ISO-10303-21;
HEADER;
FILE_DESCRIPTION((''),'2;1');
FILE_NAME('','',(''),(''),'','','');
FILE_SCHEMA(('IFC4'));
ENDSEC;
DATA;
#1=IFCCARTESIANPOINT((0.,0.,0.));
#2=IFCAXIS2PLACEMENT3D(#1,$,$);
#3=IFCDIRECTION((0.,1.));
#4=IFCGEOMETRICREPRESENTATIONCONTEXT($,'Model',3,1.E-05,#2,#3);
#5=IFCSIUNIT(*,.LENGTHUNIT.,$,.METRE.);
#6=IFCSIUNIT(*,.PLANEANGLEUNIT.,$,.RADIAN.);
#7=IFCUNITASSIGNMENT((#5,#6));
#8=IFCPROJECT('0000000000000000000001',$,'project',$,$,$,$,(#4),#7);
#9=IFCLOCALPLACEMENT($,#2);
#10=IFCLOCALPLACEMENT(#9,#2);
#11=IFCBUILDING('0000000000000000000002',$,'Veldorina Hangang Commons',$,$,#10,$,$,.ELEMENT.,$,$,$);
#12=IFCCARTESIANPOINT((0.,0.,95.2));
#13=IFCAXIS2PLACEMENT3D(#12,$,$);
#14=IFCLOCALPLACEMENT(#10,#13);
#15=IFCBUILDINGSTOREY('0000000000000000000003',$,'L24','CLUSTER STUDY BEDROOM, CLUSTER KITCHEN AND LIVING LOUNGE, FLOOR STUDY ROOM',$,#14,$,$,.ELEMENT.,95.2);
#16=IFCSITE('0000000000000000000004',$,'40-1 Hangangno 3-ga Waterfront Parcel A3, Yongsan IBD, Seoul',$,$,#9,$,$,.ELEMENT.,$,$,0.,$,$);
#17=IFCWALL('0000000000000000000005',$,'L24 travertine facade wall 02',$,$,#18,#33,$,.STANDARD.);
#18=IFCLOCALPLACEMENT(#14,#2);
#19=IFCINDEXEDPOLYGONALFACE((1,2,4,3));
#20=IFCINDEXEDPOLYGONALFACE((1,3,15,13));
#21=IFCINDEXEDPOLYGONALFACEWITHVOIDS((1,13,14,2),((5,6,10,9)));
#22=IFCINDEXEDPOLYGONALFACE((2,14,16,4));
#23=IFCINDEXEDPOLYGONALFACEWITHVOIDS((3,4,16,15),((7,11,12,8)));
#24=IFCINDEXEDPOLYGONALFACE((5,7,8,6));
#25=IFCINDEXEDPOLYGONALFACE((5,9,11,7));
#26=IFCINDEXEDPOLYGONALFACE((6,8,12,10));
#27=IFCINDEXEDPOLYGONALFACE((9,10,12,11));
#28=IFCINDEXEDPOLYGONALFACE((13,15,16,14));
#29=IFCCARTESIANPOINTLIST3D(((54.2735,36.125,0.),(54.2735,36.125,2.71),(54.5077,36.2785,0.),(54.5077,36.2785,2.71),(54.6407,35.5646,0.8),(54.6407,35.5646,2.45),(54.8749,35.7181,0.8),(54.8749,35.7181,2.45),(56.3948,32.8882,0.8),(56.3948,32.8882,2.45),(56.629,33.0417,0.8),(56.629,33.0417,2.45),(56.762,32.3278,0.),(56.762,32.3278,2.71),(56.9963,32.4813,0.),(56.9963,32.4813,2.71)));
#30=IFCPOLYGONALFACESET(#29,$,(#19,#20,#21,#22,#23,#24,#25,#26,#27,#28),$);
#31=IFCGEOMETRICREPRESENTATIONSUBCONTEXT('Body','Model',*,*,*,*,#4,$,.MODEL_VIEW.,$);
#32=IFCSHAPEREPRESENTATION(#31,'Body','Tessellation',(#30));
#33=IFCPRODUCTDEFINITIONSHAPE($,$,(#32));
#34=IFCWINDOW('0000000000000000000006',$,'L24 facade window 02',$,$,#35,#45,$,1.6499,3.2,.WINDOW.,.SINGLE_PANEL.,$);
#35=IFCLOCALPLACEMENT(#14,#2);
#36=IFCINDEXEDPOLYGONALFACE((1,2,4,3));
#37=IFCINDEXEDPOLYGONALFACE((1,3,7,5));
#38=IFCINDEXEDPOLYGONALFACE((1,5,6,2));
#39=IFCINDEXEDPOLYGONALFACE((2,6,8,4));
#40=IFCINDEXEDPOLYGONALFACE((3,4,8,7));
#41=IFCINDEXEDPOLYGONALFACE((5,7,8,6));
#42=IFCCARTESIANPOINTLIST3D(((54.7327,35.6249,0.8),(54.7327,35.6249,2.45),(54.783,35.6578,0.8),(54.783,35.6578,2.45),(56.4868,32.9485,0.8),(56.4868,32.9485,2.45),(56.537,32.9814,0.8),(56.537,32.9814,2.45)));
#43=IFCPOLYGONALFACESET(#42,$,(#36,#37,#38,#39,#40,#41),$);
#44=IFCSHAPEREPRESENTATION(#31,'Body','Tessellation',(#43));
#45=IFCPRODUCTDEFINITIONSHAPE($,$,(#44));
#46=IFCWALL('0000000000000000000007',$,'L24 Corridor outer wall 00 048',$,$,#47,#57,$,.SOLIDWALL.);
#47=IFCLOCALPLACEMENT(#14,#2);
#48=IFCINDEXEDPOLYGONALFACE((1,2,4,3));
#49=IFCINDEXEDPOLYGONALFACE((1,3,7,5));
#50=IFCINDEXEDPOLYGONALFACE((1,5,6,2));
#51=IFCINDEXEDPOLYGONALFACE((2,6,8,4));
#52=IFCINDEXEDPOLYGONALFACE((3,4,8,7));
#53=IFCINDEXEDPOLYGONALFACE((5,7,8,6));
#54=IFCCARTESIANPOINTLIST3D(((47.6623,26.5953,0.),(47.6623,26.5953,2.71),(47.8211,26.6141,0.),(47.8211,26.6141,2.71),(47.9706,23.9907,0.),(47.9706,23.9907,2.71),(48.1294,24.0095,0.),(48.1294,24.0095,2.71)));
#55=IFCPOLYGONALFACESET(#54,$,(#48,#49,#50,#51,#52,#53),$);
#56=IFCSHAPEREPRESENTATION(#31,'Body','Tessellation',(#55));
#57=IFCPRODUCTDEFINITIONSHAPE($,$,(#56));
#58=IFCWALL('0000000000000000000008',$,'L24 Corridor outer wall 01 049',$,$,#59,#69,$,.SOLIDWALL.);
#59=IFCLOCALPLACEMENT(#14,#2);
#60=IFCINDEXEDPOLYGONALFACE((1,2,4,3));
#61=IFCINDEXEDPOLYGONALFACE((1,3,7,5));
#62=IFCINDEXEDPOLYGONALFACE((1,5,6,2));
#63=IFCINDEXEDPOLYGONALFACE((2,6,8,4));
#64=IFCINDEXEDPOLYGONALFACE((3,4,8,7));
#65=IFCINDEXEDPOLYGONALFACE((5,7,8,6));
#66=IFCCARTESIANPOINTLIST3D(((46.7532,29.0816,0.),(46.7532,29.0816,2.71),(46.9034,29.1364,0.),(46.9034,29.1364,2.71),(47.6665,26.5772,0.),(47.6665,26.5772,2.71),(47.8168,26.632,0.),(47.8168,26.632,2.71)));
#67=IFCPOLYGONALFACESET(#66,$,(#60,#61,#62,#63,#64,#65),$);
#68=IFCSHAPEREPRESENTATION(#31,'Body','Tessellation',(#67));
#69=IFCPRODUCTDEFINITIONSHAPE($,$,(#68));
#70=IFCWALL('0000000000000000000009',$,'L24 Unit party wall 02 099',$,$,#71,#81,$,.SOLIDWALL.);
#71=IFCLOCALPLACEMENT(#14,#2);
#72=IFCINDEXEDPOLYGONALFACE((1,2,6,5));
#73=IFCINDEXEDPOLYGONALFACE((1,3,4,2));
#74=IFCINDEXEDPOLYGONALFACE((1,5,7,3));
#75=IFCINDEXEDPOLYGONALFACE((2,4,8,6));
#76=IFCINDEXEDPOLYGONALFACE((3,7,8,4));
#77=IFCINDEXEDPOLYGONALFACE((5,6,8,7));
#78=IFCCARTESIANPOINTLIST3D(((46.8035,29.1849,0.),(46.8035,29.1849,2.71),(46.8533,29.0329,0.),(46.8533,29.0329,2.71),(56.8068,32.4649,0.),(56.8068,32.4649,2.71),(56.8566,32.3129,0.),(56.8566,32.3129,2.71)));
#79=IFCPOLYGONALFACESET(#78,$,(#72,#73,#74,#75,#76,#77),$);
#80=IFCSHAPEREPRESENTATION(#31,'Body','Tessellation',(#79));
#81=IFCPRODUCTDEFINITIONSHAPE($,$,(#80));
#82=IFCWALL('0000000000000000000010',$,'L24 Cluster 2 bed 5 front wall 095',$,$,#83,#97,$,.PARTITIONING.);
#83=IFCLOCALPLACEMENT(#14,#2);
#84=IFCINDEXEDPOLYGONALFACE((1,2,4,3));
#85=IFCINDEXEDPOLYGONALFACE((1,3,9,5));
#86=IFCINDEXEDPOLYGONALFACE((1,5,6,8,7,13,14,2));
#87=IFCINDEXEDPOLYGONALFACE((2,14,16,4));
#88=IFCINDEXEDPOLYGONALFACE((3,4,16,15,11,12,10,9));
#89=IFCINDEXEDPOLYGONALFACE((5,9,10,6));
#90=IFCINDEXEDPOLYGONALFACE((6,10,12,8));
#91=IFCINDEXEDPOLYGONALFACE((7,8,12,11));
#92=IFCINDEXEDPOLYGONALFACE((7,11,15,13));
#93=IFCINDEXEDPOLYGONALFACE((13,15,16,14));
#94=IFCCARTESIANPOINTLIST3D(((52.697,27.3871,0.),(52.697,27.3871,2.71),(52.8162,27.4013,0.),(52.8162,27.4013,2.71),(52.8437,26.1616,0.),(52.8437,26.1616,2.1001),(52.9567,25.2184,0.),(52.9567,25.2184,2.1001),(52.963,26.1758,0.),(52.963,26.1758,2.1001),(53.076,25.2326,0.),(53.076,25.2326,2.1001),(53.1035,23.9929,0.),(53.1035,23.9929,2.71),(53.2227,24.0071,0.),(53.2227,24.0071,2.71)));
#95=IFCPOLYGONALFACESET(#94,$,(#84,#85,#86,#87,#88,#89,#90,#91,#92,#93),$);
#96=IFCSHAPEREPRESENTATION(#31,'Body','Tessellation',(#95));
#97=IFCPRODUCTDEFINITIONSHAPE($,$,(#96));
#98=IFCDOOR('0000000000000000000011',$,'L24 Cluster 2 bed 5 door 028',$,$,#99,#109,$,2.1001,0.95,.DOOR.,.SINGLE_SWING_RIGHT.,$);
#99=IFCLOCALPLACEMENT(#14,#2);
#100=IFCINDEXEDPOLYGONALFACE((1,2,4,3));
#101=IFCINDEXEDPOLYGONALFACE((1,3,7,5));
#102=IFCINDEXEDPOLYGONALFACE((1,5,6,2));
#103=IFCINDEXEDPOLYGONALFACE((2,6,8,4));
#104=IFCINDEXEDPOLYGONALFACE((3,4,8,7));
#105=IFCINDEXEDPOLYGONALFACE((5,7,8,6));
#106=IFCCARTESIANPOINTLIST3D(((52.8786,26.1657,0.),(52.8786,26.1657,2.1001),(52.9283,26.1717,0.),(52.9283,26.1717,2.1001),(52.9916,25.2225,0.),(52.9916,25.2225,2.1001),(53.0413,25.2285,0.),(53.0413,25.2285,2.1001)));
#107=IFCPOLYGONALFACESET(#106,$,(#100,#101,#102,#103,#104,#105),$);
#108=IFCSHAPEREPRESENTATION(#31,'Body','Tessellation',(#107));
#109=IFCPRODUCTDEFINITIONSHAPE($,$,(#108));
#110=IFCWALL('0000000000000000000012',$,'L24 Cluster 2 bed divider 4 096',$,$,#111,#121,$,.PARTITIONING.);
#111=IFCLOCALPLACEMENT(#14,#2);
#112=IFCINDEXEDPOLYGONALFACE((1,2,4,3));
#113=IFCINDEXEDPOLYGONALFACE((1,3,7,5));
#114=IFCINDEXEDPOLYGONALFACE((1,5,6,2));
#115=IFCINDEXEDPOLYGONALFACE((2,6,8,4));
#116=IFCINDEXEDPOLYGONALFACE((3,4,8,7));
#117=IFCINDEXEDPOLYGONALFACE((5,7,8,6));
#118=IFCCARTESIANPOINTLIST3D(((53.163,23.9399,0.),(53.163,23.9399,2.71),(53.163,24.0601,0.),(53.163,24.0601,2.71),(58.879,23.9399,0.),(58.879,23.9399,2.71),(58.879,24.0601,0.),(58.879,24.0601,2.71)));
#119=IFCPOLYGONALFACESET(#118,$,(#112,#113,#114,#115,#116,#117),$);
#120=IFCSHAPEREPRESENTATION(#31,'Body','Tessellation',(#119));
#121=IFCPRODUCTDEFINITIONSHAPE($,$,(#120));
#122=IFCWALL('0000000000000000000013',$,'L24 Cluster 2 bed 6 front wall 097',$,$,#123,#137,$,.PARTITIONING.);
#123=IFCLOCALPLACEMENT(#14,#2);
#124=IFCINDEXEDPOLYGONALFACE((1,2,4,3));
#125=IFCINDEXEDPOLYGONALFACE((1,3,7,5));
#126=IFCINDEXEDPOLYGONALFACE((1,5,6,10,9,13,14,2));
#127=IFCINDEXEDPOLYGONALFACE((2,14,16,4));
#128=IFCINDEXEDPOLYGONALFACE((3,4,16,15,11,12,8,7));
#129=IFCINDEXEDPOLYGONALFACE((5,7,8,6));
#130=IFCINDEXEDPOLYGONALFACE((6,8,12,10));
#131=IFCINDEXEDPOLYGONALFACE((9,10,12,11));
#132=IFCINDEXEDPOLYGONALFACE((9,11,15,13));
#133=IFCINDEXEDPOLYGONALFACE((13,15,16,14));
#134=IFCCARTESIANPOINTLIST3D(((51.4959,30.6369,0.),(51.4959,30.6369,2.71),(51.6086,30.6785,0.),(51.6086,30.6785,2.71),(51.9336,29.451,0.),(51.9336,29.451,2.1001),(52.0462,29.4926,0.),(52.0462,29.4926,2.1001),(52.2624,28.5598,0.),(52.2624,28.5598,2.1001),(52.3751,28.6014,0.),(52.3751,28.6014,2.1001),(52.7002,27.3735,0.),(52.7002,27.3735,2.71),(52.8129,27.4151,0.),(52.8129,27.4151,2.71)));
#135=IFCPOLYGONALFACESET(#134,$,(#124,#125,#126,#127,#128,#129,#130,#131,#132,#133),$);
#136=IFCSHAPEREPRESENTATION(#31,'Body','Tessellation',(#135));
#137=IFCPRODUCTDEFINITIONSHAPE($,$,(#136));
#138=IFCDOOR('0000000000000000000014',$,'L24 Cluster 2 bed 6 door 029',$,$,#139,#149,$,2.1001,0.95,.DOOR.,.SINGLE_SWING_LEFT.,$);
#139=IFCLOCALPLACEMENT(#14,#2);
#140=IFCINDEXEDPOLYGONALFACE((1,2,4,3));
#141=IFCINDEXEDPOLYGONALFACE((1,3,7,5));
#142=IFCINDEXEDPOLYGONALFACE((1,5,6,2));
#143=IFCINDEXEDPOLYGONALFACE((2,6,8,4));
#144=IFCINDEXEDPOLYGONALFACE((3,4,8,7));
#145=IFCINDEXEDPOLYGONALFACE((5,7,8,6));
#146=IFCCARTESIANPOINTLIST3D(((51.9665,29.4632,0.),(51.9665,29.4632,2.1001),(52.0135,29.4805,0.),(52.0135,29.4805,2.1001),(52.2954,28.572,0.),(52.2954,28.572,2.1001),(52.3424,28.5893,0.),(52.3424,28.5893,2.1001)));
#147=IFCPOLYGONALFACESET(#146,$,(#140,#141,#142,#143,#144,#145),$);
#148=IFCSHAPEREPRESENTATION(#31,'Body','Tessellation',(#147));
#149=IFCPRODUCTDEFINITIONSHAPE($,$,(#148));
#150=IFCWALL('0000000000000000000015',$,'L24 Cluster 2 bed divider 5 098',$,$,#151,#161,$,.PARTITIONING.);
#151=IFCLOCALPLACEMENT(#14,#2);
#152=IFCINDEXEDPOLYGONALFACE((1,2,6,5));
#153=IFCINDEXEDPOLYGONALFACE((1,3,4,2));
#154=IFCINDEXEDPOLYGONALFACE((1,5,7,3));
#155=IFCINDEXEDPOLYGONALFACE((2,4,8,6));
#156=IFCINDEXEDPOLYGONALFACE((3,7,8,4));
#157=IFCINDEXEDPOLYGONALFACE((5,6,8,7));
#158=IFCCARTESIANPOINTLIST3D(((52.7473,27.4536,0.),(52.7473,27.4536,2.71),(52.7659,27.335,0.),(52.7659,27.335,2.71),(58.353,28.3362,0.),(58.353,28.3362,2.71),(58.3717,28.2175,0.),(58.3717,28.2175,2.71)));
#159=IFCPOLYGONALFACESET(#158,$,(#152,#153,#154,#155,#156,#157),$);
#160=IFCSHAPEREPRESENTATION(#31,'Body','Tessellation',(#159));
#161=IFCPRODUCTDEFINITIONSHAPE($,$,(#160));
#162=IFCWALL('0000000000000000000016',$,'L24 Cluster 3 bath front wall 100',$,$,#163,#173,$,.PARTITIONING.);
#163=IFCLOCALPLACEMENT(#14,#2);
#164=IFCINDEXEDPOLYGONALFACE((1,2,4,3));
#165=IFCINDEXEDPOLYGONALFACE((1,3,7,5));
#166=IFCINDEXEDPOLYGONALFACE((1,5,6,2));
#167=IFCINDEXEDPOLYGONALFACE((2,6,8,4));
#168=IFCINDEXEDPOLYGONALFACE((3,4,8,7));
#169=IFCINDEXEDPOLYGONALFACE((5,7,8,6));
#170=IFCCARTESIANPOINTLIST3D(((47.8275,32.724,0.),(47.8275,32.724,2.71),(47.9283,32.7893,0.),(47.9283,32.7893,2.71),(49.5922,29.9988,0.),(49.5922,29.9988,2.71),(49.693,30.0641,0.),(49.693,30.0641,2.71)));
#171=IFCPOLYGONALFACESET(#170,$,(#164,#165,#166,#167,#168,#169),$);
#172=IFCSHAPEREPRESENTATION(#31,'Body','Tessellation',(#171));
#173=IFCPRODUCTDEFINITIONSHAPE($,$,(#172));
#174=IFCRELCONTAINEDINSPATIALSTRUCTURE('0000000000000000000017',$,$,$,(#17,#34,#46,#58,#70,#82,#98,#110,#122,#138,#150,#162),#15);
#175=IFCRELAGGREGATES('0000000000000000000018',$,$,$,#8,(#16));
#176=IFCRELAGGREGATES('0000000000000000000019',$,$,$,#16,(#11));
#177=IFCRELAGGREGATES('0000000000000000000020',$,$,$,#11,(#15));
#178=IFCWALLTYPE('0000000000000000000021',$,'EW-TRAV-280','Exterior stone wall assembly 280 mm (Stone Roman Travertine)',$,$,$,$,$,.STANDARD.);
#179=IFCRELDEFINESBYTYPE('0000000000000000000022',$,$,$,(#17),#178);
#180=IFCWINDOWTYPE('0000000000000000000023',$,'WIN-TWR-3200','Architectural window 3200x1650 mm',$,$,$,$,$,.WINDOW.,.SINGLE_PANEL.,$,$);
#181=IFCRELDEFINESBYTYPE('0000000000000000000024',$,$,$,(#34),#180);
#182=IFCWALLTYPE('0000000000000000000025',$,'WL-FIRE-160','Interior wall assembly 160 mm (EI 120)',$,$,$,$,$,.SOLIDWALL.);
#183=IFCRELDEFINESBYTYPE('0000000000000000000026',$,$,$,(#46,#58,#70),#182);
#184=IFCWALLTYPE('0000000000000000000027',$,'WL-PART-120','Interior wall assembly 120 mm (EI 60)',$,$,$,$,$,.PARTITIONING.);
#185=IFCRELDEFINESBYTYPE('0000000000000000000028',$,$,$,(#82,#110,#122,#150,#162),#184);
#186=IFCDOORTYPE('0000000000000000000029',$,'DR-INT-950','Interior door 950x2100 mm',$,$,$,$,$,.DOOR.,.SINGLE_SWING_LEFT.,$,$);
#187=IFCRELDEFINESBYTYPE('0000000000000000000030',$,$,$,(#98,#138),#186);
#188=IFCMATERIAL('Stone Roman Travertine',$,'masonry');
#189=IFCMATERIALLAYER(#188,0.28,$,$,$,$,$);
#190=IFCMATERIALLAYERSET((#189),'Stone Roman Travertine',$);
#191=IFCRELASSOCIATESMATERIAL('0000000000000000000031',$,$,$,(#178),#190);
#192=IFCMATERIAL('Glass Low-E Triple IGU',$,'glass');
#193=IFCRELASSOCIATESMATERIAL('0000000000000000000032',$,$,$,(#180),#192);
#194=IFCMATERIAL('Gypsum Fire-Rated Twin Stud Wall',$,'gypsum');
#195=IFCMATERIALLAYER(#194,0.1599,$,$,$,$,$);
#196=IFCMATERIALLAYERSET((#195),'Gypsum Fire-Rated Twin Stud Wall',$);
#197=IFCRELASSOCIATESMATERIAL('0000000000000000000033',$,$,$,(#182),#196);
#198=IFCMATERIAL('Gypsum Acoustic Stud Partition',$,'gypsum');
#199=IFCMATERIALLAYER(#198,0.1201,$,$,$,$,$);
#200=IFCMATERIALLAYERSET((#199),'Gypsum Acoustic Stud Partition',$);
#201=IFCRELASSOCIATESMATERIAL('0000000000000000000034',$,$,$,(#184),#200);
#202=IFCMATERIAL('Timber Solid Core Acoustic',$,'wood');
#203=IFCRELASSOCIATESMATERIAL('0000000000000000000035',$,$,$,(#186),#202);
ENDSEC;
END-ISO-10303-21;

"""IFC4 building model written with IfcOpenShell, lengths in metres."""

from ifc_helpers import new_model, si_unit, direction, frame, frame_2d, origin, place, context, subcontext, project, spatial, rectangle, extrude, material, layer, layer_set, type_object, element, fill, save


model = new_model("IFC4")

# Units and contexts
model_context = context("Model", 3, precision=1e-05, world=origin(), true_north=direction((0.0, 1.0)))
body_context = subcontext(model_context, "Body", "Model", "MODEL_VIEW")
ifc_project = project(units=[si_unit("LENGTHUNIT", "METRE"), si_unit("PLANEANGLEUNIT", "RADIAN")], contexts=[model_context])

# Site, building, storey
site_placement = place(None, origin())
site = spatial("IfcSite", under=ifc_project, at=site_placement, Name="40-1 Hangangno 3-ga Waterfront Parcel A3, Yongsan IBD, Seoul", CompositionType="ELEMENT", RefElevation=0.0)
building_placement = place(site_placement, origin())
building = spatial("IfcBuilding", under=site, at=building_placement, Name="Veldorina Hangang Commons", CompositionType="ELEMENT")
storey_placement = place(building_placement, frame((0.0, 0.0, 95.2)))
storey = spatial("IfcBuildingStorey", under=building, at=storey_placement, Name="L24", Description="CLUSTER STUDY BEDROOM, CLUSTER KITCHEN AND LIVING LOUNGE, FLOOR STUDY ROOM", CompositionType="ELEMENT", Elevation=95.2)

# Wall, opening, window
ifc_material_1 = material(Name="Stone Roman Travertine", Category="masonry")
ifc_layer_1 = layer(ifc_material_1, 0.28)
ifc_layer_set_1 = layer_set([ifc_layer_1], Name="Stone Roman Travertine")
wall_type_1 = type_object("IfcWallType", Name="EW-TRAV-280", Description="Exterior stone wall assembly 280 mm (Stone Roman Travertine)", PredefinedType="STANDARD", material=ifc_layer_set_1)
ifc_material_2 = material(Name="Glass Low-E Triple IGU", Category="glass")
wall_1_placement = place(storey_placement, frame((56.8792, 32.4045, 0.0), z_axis=(0.0, 0.0, 1.0), x_axis=(-0.548143, 0.836385, 0.0)))
wall_1 = element("IfcWall", 1, at=wall_1_placement, inside=storey, type_object=wall_type_1, Name="L24 travertine facade wall 02", PredefinedType="STANDARD", context=body_context, shape_type="SweptSolid", body=[
    extrude(rectangle(XDim=4.54, YDim=0.28, at=frame_2d((2.27, 0.0))), origin(), (0.0, 0.0, 1.0), 2.71),
])
opening_1_placement = place(wall_1_placement, frame((0.6699, 0.0, 0.8)))
opening_1 = element("IfcOpeningElement", 2, at=opening_1_placement, cuts=wall_1, PredefinedType="OPENING", context=body_context, shape_type="SweptSolid", body=[
    extrude(rectangle(XDim=3.2, YDim=1.6499, at=frame_2d((1.6001, 0.825))), frame((0.0, 0.1499, 0.0), z_axis=(0.0, -1.0, 0.0), x_axis=(1.0, 0.0, 0.0)), (0.0, 0.0, 1.0), 0.3),
])
window_type_1 = type_object("IfcWindowType", Name="WIN-TWR-3200", Description="Architectural window 3200x1650 mm", PartitioningType="SINGLE_PANEL", PredefinedType="WINDOW", material=ifc_material_2)
window_1_placement = place(opening_1_placement, origin())
window_1 = element("IfcWindow", 3, at=window_1_placement, inside=storey, type_object=window_type_1, Name="L24 facade window 02", OverallHeight=1.6499, OverallWidth=3.2, PartitioningType="SINGLE_PANEL", PredefinedType="WINDOW", context=body_context, shape_type="SweptSolid", body=[
    extrude(rectangle(XDim=3.2, YDim=1.6499, at=frame_2d((1.6001, 0.825))), frame((0.0, 0.03, 0.0), z_axis=(0.0, -1.0, 0.0), x_axis=(1.0, 0.0, 0.0)), (0.0, 0.0, 1.0), 0.0601),
])
fill(opening_1, window_1)

# Walls
ifc_material_3 = material(Name="Gypsum Fire-Rated Twin Stud Wall", Category="gypsum")
ifc_layer_2 = layer(ifc_material_3, 0.1599)
ifc_layer_set_2 = layer_set([ifc_layer_2], Name="Gypsum Fire-Rated Twin Stud Wall")
wall_type_2 = type_object("IfcWallType", Name="WL-FIRE-160", Description="Interior wall assembly 160 mm (EI 120)", PredefinedType="SOLIDWALL", material=ifc_layer_set_2)
wall_2_placement = place(storey_placement, frame((48.05, 24.0, 0.0), z_axis=(0.0, 0.0, 1.0), x_axis=(-0.11757, 0.993065, 0.0)))
element("IfcWall", 4, at=wall_2_placement, inside=storey, type_object=wall_type_2, Name="L24 Corridor outer wall 00 048", PredefinedType="SOLIDWALL", context=body_context, shape_type="SweptSolid", body=[
    extrude(rectangle(XDim=2.6228, YDim=0.1599, at=frame_2d((1.3115, 0.0))), origin(), (0.0, 0.0, 1.0), 2.71),
])
wall_3_placement = place(storey_placement, frame((47.7417, 26.6045, 0.0), z_axis=(0.0, 0.0, 1.0), x_axis=(-0.342618, 0.939475, 0.0)))
element("IfcWall", 5, at=wall_3_placement, inside=storey, type_object=wall_type_2, Name="L24 Corridor outer wall 01 049", PredefinedType="SOLIDWALL", context=body_context, shape_type="SweptSolid", body=[
    extrude(rectangle(XDim=2.6658, YDim=0.1599, at=frame_2d((1.333, 0.0))), origin(), (0.0, 0.0, 1.0), 2.71),
])
wall_4_placement = place(storey_placement, frame((46.8284, 29.1089, 0.0), z_axis=(0.0, 0.0, 1.0), x_axis=(0.950223, 0.31157, 0.0)))
element("IfcWall", 6, at=wall_4_placement, inside=storey, type_object=wall_type_2, Name="L24 Unit party wall 02 099", PredefinedType="SOLIDWALL", context=body_context, shape_type="SweptSolid", body=[
    extrude(rectangle(XDim=10.5273, YDim=0.1599, at=frame_2d((5.2637, 0.0))), origin(), (0.0, 0.0, 1.0), 2.71),
])

# Wall, opening, door
ifc_material_4 = material(Name="Gypsum Acoustic Stud Partition", Category="gypsum")
ifc_layer_3 = layer(ifc_material_4, 0.1201)
ifc_layer_set_3 = layer_set([ifc_layer_3], Name="Gypsum Acoustic Stud Partition")
wall_type_3 = type_object("IfcWallType", Name="WL-PART-120", Description="Interior wall assembly 120 mm (EI 60)", PredefinedType="PARTITIONING", material=ifc_layer_set_3)
wall_5_placement = place(storey_placement, frame((53.1631, 24.0, 0.0), z_axis=(0.0, 0.0, 1.0), x_axis=(-0.118909, 0.992905, 0.0)))
wall_5 = element("IfcWall", 7, at=wall_5_placement, inside=storey, type_object=wall_type_3, Name="L24 Cluster 2 bed 5 front wall 095", PredefinedType="PARTITIONING", context=body_context, shape_type="SweptSolid", body=[
    extrude(rectangle(XDim=3.4185, YDim=0.1201, at=frame_2d((1.7092, 0.0))), origin(), (0.0, 0.0, 1.0), 2.71),
])
opening_2_placement = place(wall_5_placement, frame((1.2341, 0.0, 0.0)))
opening_2 = element("IfcOpeningElement", 8, at=opening_2_placement, cuts=wall_5, PredefinedType="OPENING", context=body_context, shape_type="SweptSolid", body=[
    extrude(rectangle(XDim=0.95, YDim=2.1001, at=frame_2d((0.4751, 1.05))), frame((0.0, 0.0701, 0.0), z_axis=(0.0, -1.0, 0.0), x_axis=(1.0, 0.0, 0.0)), (0.0, 0.0, 1.0), 0.1401),
])
ifc_material_5 = material(Name="Timber Solid Core Acoustic", Category="wood")
door_type = type_object("IfcDoorType", Name="DR-INT-950", Description="Interior door 950x2100 mm", OperationType="SINGLE_SWING_LEFT", PredefinedType="DOOR", material=ifc_material_5)
door_1_placement = place(opening_2_placement, origin())
door_1 = element("IfcDoor", 9, at=door_1_placement, inside=storey, type_object=door_type, Name="L24 Cluster 2 bed 5 door 028", OperationType="SINGLE_SWING_RIGHT", OverallHeight=2.1001, OverallWidth=0.95, PredefinedType="DOOR", context=body_context, shape_type="SweptSolid", body=[
    extrude(rectangle(XDim=0.95, YDim=2.1001, at=frame_2d((0.4751, 1.05))), frame((0.0, 0.0249, 0.0), z_axis=(0.0, -1.0, 0.0), x_axis=(1.0, 0.0, 0.0)), (0.0, 0.0, 1.0), 0.05),
])
fill(opening_2, door_1)

# Wall
wall_6_placement = place(storey_placement, frame((53.1631, 24.0, 0.0), z_axis=(0.0, 0.0, 1.0), x_axis=(1.0, 0.0, 0.0)))
element("IfcWall", 10, at=wall_6_placement, inside=storey, type_object=wall_type_3, Name="L24 Cluster 2 bed divider 4 096", PredefinedType="PARTITIONING", context=body_context, shape_type="SweptSolid", body=[
    extrude(rectangle(XDim=5.7161, YDim=0.1201, at=frame_2d((2.8579, 0.0))), origin(), (0.0, 0.0, 1.0), 2.71),
])

# Wall, opening, door
wall_7_placement = place(storey_placement, frame((52.7566, 27.3943, 0.0), z_axis=(0.0, 0.0, 1.0), x_axis=(-0.346219, 0.938154, 0.0)))
wall_7 = element("IfcWall", 11, at=wall_7_placement, inside=storey, type_object=wall_type_3, Name="L24 Cluster 2 bed 6 front wall 097", PredefinedType="PARTITIONING", context=body_context, shape_type="SweptSolid", body=[
    extrude(rectangle(XDim=3.4785, YDim=0.1201, at=frame_2d((1.7393, 0.0))), origin(), (0.0, 0.0, 1.0), 2.71),
])
opening_3_placement = place(wall_7_placement, frame((1.2644, 0.0, 0.0)))
opening_3 = element("IfcOpeningElement", 12, at=opening_3_placement, cuts=wall_7, PredefinedType="OPENING", context=body_context, shape_type="SweptSolid", body=[
    extrude(rectangle(XDim=0.95, YDim=2.1001, at=frame_2d((0.4751, 1.05))), frame((0.0, 0.0701, 0.0), z_axis=(0.0, -1.0, 0.0), x_axis=(1.0, 0.0, 0.0)), (0.0, 0.0, 1.0), 0.1401),
])
door_2_placement = place(opening_3_placement, origin())
door_2 = element("IfcDoor", 13, at=door_2_placement, inside=storey, type_object=door_type, Name="L24 Cluster 2 bed 6 door 029", OperationType="SINGLE_SWING_LEFT", OverallHeight=2.1001, OverallWidth=0.95, PredefinedType="DOOR", context=body_context, shape_type="SweptSolid", body=[
    extrude(rectangle(XDim=0.95, YDim=2.1001, at=frame_2d((0.4751, 1.05))), frame((0.0, 0.0249, 0.0), z_axis=(0.0, -1.0, 0.0), x_axis=(1.0, 0.0, 0.0)), (0.0, 0.0, 1.0), 0.05),
])
fill(opening_3, door_2)

# Walls
wall_8_placement = place(storey_placement, frame((52.7566, 27.3943, 0.0), z_axis=(0.0, 0.0, 1.0), x_axis=(0.987832, 0.155525, 0.0)))
element("IfcWall", 14, at=wall_8_placement, inside=storey, type_object=wall_type_3, Name="L24 Cluster 2 bed divider 5 098", PredefinedType="PARTITIONING", context=body_context, shape_type="SweptSolid", body=[
    extrude(rectangle(XDim=5.6748, YDim=0.1201, at=frame_2d((2.8374, 0.0))), origin(), (0.0, 0.0, 1.0), 2.71),
])
wall_9_placement = place(storey_placement, frame((49.6426, 30.0315, 0.0), z_axis=(0.0, 0.0, 1.0), x_axis=(-0.543544, 0.83938, 0.0)))
element("IfcWall", 15, at=wall_9_placement, inside=storey, type_object=wall_type_3, Name="L24 Cluster 3 bath front wall 100", PredefinedType="PARTITIONING", context=body_context, shape_type="SweptSolid", body=[
    extrude(rectangle(XDim=3.2466, YDim=0.1201, at=frame_2d((1.6233, 0.0))), origin(), (0.0, 0.0, 1.0), 2.71),
])

save(model, "model.ifc")
